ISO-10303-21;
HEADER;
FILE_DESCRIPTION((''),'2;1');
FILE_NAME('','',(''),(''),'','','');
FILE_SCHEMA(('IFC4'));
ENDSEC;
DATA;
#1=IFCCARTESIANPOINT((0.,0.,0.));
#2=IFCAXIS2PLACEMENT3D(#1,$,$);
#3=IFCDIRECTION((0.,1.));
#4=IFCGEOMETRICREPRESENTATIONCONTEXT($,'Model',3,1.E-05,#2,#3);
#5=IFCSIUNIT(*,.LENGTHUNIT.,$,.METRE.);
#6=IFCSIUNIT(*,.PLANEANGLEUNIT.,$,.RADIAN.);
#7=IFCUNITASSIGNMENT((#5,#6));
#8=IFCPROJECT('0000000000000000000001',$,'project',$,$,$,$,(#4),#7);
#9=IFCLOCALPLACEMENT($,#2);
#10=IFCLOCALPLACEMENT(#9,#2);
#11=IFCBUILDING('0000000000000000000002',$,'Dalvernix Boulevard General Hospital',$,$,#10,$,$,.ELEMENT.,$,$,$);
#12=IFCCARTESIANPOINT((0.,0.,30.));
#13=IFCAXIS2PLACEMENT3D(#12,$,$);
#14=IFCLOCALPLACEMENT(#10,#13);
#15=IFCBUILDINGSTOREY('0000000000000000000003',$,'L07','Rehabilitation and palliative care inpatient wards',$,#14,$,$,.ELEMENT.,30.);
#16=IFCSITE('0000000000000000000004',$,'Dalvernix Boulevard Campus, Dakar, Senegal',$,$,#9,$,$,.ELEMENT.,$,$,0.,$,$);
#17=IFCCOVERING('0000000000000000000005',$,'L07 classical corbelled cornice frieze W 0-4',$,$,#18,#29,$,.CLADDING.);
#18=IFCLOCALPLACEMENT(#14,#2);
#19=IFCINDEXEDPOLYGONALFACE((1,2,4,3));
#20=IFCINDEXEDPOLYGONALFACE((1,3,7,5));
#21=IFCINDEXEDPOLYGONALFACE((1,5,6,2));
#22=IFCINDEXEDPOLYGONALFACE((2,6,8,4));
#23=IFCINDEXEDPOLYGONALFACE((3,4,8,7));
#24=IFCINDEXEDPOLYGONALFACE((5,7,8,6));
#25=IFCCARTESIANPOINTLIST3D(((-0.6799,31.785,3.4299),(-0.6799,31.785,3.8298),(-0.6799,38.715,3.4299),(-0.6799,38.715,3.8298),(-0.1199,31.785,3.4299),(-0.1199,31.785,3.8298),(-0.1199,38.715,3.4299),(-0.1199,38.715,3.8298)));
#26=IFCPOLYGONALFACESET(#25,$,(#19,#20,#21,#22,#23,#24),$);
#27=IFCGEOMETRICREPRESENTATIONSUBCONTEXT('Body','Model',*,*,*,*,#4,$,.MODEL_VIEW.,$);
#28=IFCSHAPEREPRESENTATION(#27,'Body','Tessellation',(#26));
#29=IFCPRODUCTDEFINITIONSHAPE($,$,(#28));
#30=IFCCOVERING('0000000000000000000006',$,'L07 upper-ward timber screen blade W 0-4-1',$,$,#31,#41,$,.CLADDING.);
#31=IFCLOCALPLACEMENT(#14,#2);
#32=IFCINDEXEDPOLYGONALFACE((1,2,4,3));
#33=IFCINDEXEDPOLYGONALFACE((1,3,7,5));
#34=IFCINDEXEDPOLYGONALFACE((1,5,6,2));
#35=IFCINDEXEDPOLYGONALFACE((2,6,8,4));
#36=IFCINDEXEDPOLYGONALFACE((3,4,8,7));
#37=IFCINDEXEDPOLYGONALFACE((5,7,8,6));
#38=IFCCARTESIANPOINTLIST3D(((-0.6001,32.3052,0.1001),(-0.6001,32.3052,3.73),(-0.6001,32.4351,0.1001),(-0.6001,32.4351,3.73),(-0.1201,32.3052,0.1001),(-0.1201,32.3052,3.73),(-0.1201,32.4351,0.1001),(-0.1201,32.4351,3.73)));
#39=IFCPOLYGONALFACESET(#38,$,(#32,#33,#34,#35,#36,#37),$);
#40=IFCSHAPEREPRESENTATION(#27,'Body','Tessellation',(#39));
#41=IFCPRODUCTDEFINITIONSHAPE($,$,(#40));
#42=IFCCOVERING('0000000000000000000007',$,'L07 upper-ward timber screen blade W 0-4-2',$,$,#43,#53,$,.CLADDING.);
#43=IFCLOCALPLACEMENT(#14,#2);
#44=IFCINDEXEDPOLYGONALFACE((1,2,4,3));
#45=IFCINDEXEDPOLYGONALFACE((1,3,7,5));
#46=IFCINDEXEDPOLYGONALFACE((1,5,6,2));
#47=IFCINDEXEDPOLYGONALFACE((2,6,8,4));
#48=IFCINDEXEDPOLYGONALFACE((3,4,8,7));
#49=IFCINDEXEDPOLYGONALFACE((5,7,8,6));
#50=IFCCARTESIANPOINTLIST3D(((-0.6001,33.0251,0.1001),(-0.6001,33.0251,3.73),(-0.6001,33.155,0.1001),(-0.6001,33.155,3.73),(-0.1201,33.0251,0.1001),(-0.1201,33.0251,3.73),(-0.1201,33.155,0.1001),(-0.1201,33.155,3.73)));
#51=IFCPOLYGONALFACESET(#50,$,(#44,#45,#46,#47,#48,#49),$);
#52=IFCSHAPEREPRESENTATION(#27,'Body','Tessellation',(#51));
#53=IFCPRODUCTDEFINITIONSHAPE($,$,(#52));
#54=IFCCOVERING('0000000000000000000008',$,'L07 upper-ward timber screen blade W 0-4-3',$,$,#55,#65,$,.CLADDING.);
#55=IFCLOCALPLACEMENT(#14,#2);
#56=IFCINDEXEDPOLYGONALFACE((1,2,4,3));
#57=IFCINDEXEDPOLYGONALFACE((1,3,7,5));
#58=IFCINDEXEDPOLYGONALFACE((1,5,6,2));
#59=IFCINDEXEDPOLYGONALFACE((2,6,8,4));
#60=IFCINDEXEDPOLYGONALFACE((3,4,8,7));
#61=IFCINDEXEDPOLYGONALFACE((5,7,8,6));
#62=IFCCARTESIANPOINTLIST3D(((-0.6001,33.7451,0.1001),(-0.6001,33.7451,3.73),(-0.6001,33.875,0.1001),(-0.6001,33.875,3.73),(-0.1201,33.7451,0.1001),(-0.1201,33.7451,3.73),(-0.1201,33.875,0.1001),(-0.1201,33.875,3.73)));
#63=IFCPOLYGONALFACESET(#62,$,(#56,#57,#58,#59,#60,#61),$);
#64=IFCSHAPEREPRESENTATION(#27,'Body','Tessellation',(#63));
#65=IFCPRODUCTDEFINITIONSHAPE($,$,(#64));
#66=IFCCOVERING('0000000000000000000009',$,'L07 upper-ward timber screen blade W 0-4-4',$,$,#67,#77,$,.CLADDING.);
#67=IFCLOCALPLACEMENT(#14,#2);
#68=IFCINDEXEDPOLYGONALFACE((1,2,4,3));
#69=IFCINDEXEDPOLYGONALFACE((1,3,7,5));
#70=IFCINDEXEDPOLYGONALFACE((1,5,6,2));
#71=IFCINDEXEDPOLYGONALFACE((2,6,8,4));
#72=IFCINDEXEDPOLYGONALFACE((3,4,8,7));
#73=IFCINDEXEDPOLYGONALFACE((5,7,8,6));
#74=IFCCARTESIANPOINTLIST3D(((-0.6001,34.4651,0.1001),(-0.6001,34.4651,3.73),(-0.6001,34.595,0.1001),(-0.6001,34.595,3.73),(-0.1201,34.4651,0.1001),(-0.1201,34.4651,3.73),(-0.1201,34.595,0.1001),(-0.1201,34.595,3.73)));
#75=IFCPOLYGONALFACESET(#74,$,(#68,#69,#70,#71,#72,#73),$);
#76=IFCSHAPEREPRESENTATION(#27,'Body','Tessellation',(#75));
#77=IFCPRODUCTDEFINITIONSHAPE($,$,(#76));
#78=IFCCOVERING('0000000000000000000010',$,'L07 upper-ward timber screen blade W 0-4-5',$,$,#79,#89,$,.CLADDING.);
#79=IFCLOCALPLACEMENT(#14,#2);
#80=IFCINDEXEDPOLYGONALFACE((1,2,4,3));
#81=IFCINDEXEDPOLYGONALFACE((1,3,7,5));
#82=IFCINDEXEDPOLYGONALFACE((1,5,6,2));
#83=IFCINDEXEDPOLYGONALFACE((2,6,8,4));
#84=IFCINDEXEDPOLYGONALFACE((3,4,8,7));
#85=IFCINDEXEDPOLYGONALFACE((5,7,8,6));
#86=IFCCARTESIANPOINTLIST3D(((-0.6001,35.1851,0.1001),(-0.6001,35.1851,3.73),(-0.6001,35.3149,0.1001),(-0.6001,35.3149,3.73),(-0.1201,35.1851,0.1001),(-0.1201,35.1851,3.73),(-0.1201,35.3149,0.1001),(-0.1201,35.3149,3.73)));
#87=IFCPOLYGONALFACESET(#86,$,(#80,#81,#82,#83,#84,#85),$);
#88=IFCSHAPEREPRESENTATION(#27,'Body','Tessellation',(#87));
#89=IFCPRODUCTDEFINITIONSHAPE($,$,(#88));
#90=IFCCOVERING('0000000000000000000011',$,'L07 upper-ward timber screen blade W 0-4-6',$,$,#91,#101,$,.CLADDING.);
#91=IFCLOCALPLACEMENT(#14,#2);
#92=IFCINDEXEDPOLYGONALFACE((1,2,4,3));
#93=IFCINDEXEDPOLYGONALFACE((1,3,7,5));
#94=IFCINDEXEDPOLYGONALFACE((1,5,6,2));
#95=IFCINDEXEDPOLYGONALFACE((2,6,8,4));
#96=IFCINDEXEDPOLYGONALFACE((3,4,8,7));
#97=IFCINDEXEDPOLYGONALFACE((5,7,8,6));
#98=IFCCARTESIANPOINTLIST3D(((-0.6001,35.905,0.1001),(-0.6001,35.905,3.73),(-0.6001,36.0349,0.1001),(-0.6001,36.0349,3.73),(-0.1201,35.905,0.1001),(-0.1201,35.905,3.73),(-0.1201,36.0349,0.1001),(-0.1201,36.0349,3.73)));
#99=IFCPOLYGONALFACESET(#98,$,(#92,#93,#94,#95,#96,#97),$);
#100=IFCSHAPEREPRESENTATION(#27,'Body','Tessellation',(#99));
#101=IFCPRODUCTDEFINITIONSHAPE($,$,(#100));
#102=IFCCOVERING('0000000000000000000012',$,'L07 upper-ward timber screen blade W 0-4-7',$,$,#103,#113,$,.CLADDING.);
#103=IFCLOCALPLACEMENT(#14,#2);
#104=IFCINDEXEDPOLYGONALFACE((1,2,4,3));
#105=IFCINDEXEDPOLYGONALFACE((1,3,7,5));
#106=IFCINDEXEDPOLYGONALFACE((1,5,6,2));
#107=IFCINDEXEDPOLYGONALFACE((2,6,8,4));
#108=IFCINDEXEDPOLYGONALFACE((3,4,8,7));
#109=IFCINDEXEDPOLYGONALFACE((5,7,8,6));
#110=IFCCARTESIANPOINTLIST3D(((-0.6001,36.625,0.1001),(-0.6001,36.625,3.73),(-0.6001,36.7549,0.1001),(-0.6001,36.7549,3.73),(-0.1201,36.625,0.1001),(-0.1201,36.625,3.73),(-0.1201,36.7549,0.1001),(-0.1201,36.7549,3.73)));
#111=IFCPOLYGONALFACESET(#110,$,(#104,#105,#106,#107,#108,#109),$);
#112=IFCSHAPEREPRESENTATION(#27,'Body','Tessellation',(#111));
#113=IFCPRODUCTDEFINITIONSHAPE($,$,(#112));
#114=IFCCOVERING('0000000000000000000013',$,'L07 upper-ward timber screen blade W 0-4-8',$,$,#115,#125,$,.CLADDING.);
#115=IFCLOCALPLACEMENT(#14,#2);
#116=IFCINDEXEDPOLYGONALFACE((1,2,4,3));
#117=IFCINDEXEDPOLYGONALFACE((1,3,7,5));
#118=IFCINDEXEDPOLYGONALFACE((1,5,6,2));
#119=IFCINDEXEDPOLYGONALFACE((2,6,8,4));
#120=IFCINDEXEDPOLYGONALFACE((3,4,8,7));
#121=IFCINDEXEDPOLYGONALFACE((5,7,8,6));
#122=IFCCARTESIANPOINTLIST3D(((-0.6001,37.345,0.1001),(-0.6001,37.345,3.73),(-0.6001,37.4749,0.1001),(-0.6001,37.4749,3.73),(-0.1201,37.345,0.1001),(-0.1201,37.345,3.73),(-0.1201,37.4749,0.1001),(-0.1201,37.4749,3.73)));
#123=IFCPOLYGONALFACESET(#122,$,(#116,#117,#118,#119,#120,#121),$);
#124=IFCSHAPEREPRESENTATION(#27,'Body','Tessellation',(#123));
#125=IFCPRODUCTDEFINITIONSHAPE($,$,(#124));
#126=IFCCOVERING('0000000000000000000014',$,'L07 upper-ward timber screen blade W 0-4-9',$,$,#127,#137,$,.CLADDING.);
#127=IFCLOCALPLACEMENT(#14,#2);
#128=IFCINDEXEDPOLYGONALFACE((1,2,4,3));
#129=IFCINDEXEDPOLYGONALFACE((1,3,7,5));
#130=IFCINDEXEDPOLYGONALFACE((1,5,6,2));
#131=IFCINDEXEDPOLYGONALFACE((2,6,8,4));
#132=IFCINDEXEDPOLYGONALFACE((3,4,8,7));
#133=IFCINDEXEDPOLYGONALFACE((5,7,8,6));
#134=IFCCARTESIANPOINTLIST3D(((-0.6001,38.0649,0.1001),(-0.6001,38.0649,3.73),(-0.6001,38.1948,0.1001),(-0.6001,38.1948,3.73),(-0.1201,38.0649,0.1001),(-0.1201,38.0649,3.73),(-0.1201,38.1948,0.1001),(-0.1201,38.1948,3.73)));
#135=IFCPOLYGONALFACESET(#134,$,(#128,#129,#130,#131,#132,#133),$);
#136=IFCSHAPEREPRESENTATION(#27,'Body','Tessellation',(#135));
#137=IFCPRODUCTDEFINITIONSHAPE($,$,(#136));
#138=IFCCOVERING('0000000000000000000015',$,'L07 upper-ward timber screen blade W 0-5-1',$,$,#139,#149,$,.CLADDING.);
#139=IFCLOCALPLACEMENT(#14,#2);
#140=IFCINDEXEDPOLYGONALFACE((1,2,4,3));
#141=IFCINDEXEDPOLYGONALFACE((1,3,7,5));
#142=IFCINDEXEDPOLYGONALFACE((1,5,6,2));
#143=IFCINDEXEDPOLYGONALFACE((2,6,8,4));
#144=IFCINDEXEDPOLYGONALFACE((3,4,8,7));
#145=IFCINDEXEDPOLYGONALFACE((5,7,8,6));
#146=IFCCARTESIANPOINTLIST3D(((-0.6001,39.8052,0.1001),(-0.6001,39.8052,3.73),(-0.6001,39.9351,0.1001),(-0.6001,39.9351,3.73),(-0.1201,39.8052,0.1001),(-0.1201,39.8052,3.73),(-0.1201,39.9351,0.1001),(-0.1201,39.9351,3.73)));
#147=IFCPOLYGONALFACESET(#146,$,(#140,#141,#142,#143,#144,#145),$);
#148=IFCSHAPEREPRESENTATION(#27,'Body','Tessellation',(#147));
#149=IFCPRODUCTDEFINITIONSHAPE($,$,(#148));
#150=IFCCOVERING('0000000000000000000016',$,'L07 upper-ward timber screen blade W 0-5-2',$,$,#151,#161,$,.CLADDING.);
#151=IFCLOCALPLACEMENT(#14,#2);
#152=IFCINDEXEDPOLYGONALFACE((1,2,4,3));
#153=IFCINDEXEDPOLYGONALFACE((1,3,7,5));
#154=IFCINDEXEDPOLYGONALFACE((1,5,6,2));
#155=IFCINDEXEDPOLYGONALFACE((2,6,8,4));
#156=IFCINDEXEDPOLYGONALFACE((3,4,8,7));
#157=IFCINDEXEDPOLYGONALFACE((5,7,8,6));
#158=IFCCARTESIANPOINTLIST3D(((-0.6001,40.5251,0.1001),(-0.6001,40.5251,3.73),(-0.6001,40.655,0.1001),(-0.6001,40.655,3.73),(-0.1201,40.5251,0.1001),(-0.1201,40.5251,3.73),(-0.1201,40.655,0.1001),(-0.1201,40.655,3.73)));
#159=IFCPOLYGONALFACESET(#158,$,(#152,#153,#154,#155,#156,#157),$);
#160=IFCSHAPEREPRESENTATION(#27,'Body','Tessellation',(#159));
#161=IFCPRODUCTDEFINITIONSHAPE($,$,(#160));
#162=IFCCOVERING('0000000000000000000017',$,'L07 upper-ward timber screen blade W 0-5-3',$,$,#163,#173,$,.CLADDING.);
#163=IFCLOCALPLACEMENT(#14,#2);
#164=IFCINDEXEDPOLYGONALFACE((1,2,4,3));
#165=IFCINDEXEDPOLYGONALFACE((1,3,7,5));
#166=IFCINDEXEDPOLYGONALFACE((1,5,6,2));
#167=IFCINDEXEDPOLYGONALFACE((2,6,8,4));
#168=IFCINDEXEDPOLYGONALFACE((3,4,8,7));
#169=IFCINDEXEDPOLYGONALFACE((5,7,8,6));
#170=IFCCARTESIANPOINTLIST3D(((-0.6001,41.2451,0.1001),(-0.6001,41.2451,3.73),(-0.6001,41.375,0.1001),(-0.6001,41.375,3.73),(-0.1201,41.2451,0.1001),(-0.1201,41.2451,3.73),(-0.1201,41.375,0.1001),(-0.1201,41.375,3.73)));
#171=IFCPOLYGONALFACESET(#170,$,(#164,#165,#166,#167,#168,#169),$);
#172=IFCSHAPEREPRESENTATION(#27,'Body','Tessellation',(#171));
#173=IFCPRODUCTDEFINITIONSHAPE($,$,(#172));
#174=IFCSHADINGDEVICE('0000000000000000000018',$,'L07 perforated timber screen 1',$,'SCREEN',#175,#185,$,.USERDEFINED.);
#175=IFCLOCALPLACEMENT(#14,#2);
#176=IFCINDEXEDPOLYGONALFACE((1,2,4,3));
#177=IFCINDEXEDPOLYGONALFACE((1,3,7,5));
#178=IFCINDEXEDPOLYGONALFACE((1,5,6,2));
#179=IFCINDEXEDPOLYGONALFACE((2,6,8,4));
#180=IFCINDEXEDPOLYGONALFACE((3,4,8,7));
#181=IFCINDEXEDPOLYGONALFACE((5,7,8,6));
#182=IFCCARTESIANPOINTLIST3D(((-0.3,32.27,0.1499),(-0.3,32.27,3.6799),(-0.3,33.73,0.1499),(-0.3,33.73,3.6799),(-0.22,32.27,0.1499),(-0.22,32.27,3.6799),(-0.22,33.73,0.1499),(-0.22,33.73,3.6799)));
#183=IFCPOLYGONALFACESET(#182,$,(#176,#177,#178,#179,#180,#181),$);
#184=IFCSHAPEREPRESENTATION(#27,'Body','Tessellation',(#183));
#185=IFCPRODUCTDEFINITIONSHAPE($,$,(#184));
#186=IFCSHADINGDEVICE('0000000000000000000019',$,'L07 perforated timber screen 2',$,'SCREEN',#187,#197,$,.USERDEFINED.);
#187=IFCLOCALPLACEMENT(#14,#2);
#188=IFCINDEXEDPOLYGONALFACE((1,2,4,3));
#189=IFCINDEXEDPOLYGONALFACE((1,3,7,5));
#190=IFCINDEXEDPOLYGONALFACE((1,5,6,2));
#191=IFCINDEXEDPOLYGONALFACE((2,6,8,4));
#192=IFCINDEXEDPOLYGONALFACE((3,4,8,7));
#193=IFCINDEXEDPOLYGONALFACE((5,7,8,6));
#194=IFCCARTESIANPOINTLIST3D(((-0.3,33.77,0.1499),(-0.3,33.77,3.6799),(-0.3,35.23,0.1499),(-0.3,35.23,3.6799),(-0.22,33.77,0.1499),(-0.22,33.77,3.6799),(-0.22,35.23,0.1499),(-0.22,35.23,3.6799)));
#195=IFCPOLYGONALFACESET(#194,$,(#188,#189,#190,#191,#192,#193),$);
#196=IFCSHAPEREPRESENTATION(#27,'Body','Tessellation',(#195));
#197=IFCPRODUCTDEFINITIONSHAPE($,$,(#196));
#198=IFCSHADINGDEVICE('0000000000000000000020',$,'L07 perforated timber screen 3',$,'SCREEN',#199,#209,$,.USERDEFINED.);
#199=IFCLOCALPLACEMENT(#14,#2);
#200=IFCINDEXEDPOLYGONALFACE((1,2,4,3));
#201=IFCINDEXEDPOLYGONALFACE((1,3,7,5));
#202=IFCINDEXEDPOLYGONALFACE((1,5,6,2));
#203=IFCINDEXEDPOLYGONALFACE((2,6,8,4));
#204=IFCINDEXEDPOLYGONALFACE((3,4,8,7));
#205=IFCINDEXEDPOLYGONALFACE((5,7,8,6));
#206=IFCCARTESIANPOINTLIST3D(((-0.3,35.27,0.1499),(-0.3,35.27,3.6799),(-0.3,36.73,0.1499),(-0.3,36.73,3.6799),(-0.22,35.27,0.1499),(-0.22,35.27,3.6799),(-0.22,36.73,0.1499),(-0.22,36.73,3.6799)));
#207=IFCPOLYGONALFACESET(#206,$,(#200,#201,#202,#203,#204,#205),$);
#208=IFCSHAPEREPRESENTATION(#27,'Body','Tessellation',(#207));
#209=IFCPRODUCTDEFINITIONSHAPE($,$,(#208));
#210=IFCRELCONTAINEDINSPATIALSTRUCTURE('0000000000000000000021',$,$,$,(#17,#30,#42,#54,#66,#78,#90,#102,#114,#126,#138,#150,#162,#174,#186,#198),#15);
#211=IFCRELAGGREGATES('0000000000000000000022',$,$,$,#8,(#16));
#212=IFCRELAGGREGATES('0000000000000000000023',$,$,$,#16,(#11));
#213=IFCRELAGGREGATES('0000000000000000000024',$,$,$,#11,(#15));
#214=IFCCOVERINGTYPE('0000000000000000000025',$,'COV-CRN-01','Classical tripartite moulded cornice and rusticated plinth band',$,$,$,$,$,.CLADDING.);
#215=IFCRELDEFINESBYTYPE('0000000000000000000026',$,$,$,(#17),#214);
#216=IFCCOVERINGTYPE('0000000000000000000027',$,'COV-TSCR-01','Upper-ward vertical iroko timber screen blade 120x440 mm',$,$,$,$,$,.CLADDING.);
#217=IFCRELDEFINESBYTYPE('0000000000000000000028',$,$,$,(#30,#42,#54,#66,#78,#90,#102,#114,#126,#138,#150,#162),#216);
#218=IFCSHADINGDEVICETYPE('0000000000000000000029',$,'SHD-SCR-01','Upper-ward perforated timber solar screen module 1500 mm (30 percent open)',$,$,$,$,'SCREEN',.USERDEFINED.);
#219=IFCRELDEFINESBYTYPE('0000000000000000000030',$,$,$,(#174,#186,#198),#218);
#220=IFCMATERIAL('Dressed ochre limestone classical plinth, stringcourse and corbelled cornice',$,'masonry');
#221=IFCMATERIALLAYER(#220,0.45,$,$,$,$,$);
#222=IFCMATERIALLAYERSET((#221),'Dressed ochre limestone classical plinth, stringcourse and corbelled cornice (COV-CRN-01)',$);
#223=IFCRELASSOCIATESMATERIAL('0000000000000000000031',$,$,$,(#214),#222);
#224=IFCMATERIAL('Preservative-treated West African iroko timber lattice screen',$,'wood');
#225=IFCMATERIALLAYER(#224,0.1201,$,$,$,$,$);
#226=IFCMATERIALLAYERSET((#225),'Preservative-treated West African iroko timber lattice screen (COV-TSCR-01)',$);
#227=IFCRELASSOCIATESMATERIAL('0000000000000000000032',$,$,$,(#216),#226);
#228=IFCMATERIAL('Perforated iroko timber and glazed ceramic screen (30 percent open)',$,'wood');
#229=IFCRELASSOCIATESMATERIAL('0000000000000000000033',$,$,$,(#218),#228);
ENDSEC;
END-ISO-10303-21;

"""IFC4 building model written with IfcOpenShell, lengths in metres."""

from ifc_helpers import new_model, si_unit, direction, frame, origin, origin_2d, place, context, subcontext, project, spatial, rectangle, extrude, material, layer, layer_set, type_object, element, save


model = new_model("IFC4")

# Units and contexts
model_context = context("Model", 3, precision=1e-05, world=origin(), true_north=direction((0.0, 1.0)))
body_context = subcontext(model_context, "Body", "Model", "MODEL_VIEW")
ifc_project = project(units=[si_unit("LENGTHUNIT", "METRE"), si_unit("PLANEANGLEUNIT", "RADIAN")], contexts=[model_context])

# Site, building, storey
site_placement = place(None, origin())
site = spatial("IfcSite", under=ifc_project, at=site_placement, Name="Dalvernix Boulevard Campus, Dakar, Senegal", CompositionType="ELEMENT", RefElevation=0.0)
building_placement = place(site_placement, origin())
building = spatial("IfcBuilding", under=site, at=building_placement, Name="Dalvernix Boulevard General Hospital", CompositionType="ELEMENT")
storey_placement = place(building_placement, frame((0.0, 0.0, 30.0)))
storey = spatial("IfcBuildingStorey", under=building, at=storey_placement, Name="L07", Description="Rehabilitation and palliative care inpatient wards", CompositionType="ELEMENT", Elevation=30.0)

# Coverings
ifc_material_1 = material(Name="Dressed ochre limestone classical plinth, stringcourse and corbelled cornice", Category="masonry")
ifc_layer_1 = layer(ifc_material_1, 0.45)
ifc_layer_set_1 = layer_set([ifc_layer_1], Name="Dressed ochre limestone classical plinth, stringcourse and corbelled cornice (COV-CRN-01)")
covering_type_1 = type_object("IfcCoveringType", Name="COV-CRN-01", Description="Classical tripartite moulded cornice and rusticated plinth band", PredefinedType="CLADDING", material=ifc_layer_set_1)
covering_placement = place(storey_placement, frame((-0.3999, 35.25, 3.4299), z_axis=(0.0, 0.0, 1.0), x_axis=(0.0, 1.0, 0.0)))
element("IfcCovering", 1, at=covering_placement, inside=storey, type_object=covering_type_1, Name="L07 classical corbelled cornice frieze W 0-4", PredefinedType="CLADDING", context=body_context, shape_type="SweptSolid", body=[
    extrude(rectangle(XDim=6.9299, YDim=0.5601, at=origin_2d()), origin(), (0.0, 0.0, 1.0), 0.3999),
])
ifc_material_2 = material(Name="Preservative-treated West African iroko timber lattice screen", Category="wood")
ifc_layer_2 = layer(ifc_material_2, 0.1201)
ifc_layer_set_2 = layer_set([ifc_layer_2], Name="Preservative-treated West African iroko timber lattice screen (COV-TSCR-01)")
covering_type_2 = type_object("IfcCoveringType", Name="COV-TSCR-01", Description="Upper-ward vertical iroko timber screen blade 120x440 mm", PredefinedType="CLADDING", material=ifc_layer_set_2)
for number, where, z_axis, x_axis, name in (
    (2, (-0.3601, 32.3701, 0.1001), (0.0, 0.0, 1.0), (0.0, 1.0, 0.0), "L07 upper-ward timber screen blade W 0-4-1"),
    (3, (-0.3601, 33.0901, 0.1001), (0.0, 0.0, 1.0), (0.0, 1.0, 0.0), "L07 upper-ward timber screen blade W 0-4-2"),
    (4, (-0.3601, 33.8101, 0.1001), (0.0, 0.0, 1.0), (0.0, 1.0, 0.0), "L07 upper-ward timber screen blade W 0-4-3"),
    (5, (-0.3601, 34.53, 0.1001), (0.0, 0.0, 1.0), (0.0, 1.0, 0.0), "L07 upper-ward timber screen blade W 0-4-4"),
    (6, (-0.3601, 35.25, 0.1001), (0.0, 0.0, 1.0), (0.0, 1.0, 0.0), "L07 upper-ward timber screen blade W 0-4-5"),
    (7, (-0.3601, 35.97, 0.1001), (0.0, 0.0, 1.0), (0.0, 1.0, 0.0), "L07 upper-ward timber screen blade W 0-4-6"),
    (8, (-0.3601, 36.6899, 0.1001), (0.0, 0.0, 1.0), (0.0, 1.0, 0.0), "L07 upper-ward timber screen blade W 0-4-7"),
    (9, (-0.3601, 37.4099, 0.1001), (0.0, 0.0, 1.0), (0.0, 1.0, 0.0), "L07 upper-ward timber screen blade W 0-4-8"),
    (10, (-0.3601, 38.1299, 0.1001), (0.0, 0.0, 1.0), (0.0, 1.0, 0.0), "L07 upper-ward timber screen blade W 0-4-9"),
    (11, (-0.3601, 39.8701, 0.1001), (0.0, 0.0, 1.0), (0.0, 1.0, 0.0), "L07 upper-ward timber screen blade W 0-5-1"),
    (12, (-0.3601, 40.5901, 0.1001), (0.0, 0.0, 1.0), (0.0, 1.0, 0.0), "L07 upper-ward timber screen blade W 0-5-2"),
    (13, (-0.3601, 41.3101, 0.1001), (0.0, 0.0, 1.0), (0.0, 1.0, 0.0), "L07 upper-ward timber screen blade W 0-5-3"),
):
    element("IfcCovering", number, at=place(storey_placement, frame(where, z_axis=z_axis, x_axis=x_axis)), inside=storey, type_object=covering_type_2, Name=name, PredefinedType="CLADDING", context=body_context, shape_type="SweptSolid", body=[
        extrude(rectangle(XDim=0.1299, YDim=0.48, at=origin_2d()), origin(), (0.0, 0.0, 1.0), 3.6299),
    ])

# Shading devices
ifc_material_3 = material(Name="Perforated iroko timber and glazed ceramic screen (30 percent open)", Category="wood")
shading_device_type = type_object("IfcShadingDeviceType", Name="SHD-SCR-01", Description="Upper-ward perforated timber solar screen module 1500 mm (30 percent open)", ElementType="SCREEN", PredefinedType="USERDEFINED", material=ifc_material_3)
for number, where, z_axis, x_axis, name in (
    (14, (-0.26, 33.0, 0.1499), (0.0, 0.0, 1.0), (0.0, 1.0, 0.0), "L07 perforated timber screen 1"),
    (15, (-0.26, 34.5, 0.1499), (0.0, 0.0, 1.0), (0.0, 1.0, 0.0), "L07 perforated timber screen 2"),
    (16, (-0.26, 36.0, 0.1499), (0.0, 0.0, 1.0), (0.0, 1.0, 0.0), "L07 perforated timber screen 3"),
):
    element("IfcShadingDevice", number, at=place(storey_placement, frame(where, z_axis=z_axis, x_axis=x_axis)), inside=storey, type_object=shading_device_type, Name=name, ObjectType="SCREEN", PredefinedType="USERDEFINED", context=body_context, shape_type="SweptSolid", body=[
        extrude(rectangle(XDim=1.46, YDim=0.0801, at=origin_2d()), origin(), (0.0, 0.0, 1.0), 3.53),
    ])

save(model, "model.ifc")
